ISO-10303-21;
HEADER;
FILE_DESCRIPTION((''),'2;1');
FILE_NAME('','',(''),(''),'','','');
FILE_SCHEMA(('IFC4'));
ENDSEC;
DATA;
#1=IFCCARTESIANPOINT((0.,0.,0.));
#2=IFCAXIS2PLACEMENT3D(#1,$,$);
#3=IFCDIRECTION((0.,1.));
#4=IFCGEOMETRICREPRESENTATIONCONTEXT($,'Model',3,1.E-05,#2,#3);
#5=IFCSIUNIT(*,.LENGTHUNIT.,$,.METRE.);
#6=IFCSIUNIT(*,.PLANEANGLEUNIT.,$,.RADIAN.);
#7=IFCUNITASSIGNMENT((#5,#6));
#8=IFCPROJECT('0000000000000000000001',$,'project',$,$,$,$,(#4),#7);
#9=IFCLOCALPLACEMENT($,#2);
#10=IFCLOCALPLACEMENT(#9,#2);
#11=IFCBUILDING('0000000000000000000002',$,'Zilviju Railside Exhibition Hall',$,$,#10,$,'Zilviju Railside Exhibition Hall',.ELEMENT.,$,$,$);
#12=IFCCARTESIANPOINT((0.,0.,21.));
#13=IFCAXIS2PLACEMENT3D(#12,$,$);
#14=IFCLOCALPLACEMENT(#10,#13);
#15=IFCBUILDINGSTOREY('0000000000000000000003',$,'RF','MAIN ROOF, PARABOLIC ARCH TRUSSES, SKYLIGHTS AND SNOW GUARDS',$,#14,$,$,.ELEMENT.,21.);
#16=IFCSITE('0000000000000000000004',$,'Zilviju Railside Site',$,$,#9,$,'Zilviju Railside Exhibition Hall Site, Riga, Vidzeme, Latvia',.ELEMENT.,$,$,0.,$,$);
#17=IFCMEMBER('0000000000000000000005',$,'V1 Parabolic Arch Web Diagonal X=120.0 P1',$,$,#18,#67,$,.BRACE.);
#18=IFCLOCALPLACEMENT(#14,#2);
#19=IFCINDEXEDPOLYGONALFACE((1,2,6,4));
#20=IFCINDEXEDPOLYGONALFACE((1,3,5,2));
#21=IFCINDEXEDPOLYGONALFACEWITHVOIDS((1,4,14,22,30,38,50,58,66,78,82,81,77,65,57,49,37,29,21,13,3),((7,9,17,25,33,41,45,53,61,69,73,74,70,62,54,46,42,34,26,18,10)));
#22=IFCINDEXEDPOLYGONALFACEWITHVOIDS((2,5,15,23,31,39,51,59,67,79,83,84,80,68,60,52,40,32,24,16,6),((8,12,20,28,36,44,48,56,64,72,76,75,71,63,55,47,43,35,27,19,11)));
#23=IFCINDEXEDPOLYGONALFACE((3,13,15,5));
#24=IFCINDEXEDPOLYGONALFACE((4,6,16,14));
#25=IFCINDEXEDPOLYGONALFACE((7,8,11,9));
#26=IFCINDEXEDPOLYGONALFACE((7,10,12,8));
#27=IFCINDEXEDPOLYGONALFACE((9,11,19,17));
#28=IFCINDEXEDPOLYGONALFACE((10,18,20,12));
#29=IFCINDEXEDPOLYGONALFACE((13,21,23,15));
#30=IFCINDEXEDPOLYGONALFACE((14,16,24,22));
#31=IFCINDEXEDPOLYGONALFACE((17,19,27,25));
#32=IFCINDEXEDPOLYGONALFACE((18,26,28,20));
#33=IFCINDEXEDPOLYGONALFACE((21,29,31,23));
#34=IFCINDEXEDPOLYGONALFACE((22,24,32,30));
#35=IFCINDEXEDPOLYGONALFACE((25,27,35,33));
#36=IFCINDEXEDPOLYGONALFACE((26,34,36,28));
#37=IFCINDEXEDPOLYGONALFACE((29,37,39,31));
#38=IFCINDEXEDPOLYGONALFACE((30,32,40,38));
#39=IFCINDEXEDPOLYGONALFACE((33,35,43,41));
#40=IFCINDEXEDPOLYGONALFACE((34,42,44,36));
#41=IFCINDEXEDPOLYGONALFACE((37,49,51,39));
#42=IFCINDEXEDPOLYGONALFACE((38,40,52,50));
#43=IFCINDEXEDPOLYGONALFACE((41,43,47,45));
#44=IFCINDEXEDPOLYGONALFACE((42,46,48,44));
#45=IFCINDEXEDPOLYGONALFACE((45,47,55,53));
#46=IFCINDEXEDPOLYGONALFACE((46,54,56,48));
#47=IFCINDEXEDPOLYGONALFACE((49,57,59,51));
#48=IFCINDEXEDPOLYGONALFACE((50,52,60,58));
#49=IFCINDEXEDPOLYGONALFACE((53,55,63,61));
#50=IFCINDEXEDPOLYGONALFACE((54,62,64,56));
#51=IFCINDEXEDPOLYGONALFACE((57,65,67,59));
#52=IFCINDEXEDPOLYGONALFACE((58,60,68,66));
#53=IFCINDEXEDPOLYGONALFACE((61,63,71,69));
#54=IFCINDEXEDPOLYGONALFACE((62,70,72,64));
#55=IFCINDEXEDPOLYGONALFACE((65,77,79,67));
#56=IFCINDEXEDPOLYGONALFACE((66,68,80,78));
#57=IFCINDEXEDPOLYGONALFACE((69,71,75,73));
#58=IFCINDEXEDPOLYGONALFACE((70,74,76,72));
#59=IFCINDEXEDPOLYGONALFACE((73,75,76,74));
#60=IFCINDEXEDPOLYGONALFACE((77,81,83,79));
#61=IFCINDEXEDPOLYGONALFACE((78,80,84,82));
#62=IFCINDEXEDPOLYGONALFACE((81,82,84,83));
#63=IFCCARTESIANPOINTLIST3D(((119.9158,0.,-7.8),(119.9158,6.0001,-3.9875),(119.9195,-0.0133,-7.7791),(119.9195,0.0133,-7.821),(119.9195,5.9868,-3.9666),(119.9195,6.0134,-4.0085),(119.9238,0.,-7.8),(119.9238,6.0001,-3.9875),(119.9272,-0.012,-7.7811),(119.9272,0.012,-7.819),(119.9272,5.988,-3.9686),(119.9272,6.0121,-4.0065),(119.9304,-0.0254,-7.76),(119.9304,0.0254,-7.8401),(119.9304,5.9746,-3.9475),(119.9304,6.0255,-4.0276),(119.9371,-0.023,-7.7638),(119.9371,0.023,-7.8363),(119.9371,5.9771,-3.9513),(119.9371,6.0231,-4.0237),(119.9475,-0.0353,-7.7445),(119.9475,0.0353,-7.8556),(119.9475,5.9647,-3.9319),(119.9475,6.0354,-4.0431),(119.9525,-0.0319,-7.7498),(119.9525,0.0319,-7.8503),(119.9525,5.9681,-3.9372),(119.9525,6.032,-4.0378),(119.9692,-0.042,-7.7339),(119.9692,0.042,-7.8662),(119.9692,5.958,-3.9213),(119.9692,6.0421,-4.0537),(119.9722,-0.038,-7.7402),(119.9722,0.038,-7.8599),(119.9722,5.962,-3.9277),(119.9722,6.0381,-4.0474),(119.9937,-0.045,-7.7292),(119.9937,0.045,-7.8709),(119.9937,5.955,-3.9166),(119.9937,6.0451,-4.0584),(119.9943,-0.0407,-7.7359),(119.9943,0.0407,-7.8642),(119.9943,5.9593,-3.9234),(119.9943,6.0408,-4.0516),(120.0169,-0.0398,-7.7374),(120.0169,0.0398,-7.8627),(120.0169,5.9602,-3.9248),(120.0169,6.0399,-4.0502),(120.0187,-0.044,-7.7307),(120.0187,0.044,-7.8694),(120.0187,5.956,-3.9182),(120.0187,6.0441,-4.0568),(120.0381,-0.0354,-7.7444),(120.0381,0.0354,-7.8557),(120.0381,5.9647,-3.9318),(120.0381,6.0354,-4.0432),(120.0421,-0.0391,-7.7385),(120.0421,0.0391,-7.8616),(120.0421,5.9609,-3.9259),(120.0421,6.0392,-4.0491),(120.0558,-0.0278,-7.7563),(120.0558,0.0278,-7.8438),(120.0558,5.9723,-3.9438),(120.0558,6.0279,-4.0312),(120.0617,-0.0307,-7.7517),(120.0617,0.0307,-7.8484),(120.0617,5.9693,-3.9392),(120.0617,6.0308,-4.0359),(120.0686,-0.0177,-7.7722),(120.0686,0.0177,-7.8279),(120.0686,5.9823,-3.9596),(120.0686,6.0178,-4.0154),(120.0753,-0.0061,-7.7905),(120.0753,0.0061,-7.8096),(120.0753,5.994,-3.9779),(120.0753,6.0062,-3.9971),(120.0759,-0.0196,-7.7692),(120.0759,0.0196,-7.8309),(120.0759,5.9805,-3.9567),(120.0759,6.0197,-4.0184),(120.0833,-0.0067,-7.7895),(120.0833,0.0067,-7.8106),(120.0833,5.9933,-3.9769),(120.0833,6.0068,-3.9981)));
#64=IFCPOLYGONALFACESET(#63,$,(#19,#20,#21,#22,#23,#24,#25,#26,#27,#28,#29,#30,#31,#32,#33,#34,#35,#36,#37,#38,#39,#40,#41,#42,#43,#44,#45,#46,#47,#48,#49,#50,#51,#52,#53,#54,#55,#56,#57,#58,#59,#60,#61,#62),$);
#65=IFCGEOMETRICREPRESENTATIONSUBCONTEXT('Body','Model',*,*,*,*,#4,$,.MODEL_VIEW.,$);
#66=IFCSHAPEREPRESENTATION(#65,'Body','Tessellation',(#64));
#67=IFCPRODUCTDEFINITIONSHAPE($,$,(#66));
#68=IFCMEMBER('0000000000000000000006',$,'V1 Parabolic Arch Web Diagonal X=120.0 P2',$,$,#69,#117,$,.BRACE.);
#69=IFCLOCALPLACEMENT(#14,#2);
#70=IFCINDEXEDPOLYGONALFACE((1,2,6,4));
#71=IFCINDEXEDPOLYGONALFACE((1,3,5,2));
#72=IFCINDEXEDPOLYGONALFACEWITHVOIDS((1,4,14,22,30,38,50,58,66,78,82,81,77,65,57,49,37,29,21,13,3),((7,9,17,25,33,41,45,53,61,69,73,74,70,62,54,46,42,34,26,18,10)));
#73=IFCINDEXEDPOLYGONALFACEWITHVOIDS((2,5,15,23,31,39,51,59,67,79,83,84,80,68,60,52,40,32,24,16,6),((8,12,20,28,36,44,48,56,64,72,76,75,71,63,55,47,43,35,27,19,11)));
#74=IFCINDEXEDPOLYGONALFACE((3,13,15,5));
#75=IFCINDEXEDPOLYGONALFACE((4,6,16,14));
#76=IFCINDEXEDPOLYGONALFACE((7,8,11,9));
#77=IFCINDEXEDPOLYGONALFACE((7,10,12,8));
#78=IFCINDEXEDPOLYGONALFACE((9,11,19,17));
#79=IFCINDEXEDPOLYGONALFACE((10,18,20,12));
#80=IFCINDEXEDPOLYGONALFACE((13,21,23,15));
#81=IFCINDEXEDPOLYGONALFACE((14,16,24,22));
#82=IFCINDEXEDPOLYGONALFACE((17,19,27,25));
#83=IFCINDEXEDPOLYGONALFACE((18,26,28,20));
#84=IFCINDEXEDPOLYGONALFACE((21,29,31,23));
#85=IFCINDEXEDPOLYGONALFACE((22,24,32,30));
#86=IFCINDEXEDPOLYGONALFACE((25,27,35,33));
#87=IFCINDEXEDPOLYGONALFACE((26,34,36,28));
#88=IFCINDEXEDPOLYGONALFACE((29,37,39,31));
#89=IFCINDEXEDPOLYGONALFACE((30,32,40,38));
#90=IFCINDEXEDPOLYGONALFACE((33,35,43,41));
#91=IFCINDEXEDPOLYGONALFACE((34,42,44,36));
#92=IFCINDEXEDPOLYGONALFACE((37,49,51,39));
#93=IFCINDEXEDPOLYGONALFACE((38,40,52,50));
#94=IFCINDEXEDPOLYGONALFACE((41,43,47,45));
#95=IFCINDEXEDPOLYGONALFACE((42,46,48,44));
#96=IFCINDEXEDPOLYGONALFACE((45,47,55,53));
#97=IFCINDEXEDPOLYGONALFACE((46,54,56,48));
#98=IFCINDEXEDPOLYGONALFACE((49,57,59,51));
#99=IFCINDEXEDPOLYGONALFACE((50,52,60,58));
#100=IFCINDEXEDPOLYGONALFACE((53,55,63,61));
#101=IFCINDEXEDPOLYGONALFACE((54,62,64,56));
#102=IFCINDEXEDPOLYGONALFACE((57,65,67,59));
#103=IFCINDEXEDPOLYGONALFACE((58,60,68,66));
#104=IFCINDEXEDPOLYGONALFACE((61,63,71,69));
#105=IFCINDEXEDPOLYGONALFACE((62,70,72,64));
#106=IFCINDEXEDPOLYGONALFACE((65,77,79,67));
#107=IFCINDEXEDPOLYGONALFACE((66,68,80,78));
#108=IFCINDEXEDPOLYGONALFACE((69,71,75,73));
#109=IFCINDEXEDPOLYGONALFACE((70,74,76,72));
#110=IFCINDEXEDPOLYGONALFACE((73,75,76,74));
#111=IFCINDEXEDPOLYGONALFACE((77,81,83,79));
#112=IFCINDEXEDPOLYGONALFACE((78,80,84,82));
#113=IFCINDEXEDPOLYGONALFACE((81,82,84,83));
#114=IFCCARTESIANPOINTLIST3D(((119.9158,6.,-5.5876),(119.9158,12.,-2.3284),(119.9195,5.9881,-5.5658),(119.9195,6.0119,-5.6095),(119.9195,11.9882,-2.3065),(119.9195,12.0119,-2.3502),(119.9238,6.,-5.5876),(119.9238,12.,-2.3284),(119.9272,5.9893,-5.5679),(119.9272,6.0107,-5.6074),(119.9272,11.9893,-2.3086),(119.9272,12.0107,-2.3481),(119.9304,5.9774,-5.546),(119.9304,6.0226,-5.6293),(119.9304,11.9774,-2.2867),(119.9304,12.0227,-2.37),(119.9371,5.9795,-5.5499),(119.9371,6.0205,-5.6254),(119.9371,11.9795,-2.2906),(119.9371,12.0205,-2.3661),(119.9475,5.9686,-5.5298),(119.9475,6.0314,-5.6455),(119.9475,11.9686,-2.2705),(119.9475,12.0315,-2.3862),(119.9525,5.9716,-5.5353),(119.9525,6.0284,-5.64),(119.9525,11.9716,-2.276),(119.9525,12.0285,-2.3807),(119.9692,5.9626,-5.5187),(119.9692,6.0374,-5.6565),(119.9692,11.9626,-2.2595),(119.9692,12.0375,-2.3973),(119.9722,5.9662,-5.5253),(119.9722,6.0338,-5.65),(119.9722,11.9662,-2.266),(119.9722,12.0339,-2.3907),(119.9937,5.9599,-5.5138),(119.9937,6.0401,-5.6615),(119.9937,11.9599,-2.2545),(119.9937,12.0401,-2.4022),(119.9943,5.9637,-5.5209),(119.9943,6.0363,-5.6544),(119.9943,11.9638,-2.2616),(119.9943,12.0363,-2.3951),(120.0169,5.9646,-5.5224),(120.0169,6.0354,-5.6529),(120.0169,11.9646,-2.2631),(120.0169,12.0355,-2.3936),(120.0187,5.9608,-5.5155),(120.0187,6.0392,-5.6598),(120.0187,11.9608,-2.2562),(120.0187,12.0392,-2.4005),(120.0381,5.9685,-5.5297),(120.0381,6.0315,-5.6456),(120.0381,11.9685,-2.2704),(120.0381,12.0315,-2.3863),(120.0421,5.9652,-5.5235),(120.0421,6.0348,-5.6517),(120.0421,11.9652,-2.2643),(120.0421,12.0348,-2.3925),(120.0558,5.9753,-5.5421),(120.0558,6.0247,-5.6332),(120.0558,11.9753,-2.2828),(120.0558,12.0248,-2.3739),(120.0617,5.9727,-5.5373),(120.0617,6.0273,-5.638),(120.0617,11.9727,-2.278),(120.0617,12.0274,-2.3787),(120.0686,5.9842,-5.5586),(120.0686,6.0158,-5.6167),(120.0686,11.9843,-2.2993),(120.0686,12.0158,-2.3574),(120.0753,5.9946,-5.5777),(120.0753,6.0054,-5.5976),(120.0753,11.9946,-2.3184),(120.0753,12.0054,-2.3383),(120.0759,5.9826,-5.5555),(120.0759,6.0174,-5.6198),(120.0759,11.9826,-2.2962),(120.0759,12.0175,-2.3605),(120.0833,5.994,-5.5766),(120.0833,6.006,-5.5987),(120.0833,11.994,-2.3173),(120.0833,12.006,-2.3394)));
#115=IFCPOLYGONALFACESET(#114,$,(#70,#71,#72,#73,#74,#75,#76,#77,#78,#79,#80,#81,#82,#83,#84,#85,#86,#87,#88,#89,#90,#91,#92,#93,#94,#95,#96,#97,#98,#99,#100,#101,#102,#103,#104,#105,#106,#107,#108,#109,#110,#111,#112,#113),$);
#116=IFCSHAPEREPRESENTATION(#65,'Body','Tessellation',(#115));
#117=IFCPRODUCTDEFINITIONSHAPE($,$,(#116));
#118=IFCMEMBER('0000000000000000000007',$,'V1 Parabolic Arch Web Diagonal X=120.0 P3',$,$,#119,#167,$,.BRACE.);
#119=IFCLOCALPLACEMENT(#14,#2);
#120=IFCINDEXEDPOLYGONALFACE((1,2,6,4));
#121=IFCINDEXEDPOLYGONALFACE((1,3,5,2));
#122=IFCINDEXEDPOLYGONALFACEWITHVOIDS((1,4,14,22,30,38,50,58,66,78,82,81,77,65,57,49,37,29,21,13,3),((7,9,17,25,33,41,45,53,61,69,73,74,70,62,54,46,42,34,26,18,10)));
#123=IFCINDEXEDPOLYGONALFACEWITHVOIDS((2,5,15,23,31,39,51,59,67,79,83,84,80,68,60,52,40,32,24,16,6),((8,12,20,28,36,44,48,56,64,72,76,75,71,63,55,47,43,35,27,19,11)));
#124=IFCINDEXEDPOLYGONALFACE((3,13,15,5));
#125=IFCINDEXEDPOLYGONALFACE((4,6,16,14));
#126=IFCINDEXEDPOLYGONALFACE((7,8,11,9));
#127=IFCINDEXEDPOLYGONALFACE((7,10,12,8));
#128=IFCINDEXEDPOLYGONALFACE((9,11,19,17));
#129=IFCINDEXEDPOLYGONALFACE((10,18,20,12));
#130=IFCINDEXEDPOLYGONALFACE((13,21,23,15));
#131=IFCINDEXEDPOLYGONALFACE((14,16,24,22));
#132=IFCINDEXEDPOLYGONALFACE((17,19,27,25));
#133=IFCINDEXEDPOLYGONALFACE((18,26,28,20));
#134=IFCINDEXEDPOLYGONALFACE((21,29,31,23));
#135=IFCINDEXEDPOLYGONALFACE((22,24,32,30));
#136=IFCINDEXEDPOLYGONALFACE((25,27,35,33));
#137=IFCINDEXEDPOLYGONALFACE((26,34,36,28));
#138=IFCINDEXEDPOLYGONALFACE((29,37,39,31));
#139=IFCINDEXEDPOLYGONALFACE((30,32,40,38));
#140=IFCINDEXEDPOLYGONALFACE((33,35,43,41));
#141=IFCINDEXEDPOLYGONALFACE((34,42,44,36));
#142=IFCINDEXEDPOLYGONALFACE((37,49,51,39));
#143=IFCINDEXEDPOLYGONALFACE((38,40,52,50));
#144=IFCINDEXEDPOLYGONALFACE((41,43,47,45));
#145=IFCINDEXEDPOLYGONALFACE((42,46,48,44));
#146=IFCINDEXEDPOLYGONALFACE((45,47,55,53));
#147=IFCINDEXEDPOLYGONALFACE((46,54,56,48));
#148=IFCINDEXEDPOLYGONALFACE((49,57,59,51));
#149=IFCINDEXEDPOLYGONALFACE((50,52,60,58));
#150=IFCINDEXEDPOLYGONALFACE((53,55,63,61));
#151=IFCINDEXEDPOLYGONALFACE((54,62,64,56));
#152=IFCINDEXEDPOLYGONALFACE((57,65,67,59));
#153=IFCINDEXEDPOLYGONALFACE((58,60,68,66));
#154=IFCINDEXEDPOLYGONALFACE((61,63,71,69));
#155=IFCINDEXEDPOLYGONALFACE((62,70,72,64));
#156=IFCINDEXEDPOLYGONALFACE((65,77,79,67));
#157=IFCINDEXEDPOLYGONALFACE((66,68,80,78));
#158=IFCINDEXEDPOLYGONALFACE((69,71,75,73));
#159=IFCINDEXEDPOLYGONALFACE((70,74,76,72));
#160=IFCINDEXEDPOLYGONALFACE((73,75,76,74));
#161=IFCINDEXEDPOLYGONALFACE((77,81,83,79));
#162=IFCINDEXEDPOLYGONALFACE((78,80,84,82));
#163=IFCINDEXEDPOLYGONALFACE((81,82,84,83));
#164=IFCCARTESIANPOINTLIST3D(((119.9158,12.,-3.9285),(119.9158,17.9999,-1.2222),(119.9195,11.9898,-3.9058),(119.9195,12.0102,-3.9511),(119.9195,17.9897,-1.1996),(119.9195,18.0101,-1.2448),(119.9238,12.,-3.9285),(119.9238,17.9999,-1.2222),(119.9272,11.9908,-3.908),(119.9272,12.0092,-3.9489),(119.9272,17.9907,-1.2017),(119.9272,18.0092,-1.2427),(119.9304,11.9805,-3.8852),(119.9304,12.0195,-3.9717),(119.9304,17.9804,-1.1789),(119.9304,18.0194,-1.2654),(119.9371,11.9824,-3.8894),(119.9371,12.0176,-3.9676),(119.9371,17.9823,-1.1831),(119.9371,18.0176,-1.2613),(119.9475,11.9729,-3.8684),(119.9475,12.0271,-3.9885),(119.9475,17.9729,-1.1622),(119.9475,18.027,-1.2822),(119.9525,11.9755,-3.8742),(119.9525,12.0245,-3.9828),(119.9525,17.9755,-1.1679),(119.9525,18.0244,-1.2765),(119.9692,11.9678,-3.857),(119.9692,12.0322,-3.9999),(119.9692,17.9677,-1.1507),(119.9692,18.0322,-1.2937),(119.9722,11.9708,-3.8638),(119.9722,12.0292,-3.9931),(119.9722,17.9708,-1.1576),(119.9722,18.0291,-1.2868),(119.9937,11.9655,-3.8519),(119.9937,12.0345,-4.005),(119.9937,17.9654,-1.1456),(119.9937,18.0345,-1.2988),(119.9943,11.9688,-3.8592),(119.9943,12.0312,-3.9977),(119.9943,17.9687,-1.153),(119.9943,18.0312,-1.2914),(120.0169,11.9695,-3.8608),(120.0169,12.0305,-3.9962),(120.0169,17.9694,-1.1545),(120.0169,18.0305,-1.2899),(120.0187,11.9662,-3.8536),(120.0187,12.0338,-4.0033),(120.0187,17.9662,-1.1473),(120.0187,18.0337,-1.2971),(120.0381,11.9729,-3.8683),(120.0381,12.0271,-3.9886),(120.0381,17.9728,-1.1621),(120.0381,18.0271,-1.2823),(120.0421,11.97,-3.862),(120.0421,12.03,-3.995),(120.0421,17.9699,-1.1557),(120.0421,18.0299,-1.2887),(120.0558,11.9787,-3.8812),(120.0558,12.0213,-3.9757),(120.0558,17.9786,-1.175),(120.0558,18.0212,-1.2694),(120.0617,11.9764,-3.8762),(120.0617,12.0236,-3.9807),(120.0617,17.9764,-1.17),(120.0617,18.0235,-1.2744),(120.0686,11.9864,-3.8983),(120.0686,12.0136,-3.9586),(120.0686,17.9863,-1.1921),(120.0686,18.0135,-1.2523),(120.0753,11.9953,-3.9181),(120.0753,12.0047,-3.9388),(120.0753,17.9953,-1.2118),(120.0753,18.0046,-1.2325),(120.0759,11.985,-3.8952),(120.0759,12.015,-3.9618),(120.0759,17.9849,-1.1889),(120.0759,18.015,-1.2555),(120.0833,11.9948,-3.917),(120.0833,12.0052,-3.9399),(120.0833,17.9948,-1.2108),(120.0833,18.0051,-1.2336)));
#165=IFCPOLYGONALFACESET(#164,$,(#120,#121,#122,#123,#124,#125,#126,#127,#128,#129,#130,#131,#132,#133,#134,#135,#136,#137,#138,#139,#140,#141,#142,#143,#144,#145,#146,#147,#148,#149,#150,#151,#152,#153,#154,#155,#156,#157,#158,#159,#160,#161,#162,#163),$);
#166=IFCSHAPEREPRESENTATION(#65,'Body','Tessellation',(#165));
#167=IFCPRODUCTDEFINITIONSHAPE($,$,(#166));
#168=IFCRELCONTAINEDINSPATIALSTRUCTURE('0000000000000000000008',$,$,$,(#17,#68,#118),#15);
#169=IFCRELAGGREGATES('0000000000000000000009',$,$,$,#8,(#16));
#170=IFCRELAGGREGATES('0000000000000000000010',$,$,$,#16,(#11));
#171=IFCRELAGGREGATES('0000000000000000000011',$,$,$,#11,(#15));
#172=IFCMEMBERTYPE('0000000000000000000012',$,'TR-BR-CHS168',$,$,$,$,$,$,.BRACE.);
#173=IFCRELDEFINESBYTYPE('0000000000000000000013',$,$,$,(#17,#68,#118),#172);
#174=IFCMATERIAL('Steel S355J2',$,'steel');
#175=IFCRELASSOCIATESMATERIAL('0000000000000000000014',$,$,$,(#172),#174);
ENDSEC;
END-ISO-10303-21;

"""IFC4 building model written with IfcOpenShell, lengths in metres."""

from ifc_helpers import new_model, si_unit, direction, frame, origin, origin_2d, place, context, subcontext, project, spatial, hollow_circle, extrude, material, material_profile, profile_set, type_object, element, save


model = new_model("IFC4")

# Units and contexts
model_context = context("Model", 3, precision=1e-05, world=origin(), true_north=direction((0.0, 1.0)))
body_context = subcontext(model_context, "Body", "Model", "MODEL_VIEW")
ifc_project = project(units=[si_unit("LENGTHUNIT", "METRE"), si_unit("PLANEANGLEUNIT", "RADIAN")], contexts=[model_context])

# Site, building, storey
site_placement = place(None, origin())
site = spatial("IfcSite", under=ifc_project, at=site_placement, Name="Zilviju Railside Site", LongName="Zilviju Railside Exhibition Hall Site, Riga, Vidzeme, Latvia", CompositionType="ELEMENT", RefElevation=0.0)
building_placement = place(site_placement, origin())
building = spatial("IfcBuilding", under=site, at=building_placement, Name="Zilviju Railside Exhibition Hall", LongName="Zilviju Railside Exhibition Hall", CompositionType="ELEMENT")
storey_placement = place(building_placement, frame((0.0, 0.0, 21.0)))
storey = spatial("IfcBuildingStorey", under=building, at=storey_placement, Name="RF", Description="MAIN ROOF, PARABOLIC ARCH TRUSSES, SKYLIGHTS AND SNOW GUARDS", CompositionType="ELEMENT", Elevation=21.0)

# Members
ifc_material_1 = material(Name="Steel S355J2", Category="steel")
ifc_material_profile_1 = material_profile(ifc_material_1, hollow_circle(Radius=0.0842, WallThickness=0.0081, at=origin_2d()), Name="CHS 168.3x8.0")
ifc_profile_set_1 = profile_set([ifc_material_profile_1], Name="Steel S355J2")
member_type_1 = type_object("IfcMemberType", Name="TR-BR-CHS168", PredefinedType="BRACE", material=ifc_profile_set_1)
member_1_placement = place(storey_placement, frame((120.0, 0.0, -7.8), z_axis=(0.0, 0.844023, 0.536306), x_axis=(-1.0, 0.0, 0.0)))
element("IfcMember", 1, at=member_1_placement, inside=storey, type_object=member_type_1, Name="V1 Parabolic Arch Web Diagonal X=120.0 P1", PredefinedType="BRACE", context=body_context, shape_type="SweptSolid", body=[
    extrude(hollow_circle(Radius=0.0842, WallThickness=0.0081, at=origin_2d()), origin(), (0.0, 0.0, 1.0), 7.1089),
])
member_2_placement = place(storey_placement, frame((120.0, 6.0, -5.5876), z_axis=(0.0, 0.878722, 0.477333), x_axis=(-1.0, 0.0, 0.0)))
element("IfcMember", 2, at=member_2_placement, inside=storey, type_object=member_type_1, Name="V1 Parabolic Arch Web Diagonal X=120.0 P2", PredefinedType="BRACE", context=body_context, shape_type="SweptSolid", body=[
    extrude(hollow_circle(Radius=0.0842, WallThickness=0.0081, at=origin_2d()), origin(), (0.0, 0.0, 1.0), 6.8281),
])
member_3_placement = place(storey_placement, frame((120.0, 12.0, -3.9285), z_axis=(0.0, 0.911563, 0.41116), x_axis=(-1.0, 0.0, 0.0)))
element("IfcMember", 3, at=member_3_placement, inside=storey, type_object=member_type_1, Name="V1 Parabolic Arch Web Diagonal X=120.0 P3", PredefinedType="BRACE", context=body_context, shape_type="SweptSolid", body=[
    extrude(hollow_circle(Radius=0.0842, WallThickness=0.0081, at=origin_2d()), origin(), (0.0, 0.0, 1.0), 6.582),
])

save(model, "model.ifc")
